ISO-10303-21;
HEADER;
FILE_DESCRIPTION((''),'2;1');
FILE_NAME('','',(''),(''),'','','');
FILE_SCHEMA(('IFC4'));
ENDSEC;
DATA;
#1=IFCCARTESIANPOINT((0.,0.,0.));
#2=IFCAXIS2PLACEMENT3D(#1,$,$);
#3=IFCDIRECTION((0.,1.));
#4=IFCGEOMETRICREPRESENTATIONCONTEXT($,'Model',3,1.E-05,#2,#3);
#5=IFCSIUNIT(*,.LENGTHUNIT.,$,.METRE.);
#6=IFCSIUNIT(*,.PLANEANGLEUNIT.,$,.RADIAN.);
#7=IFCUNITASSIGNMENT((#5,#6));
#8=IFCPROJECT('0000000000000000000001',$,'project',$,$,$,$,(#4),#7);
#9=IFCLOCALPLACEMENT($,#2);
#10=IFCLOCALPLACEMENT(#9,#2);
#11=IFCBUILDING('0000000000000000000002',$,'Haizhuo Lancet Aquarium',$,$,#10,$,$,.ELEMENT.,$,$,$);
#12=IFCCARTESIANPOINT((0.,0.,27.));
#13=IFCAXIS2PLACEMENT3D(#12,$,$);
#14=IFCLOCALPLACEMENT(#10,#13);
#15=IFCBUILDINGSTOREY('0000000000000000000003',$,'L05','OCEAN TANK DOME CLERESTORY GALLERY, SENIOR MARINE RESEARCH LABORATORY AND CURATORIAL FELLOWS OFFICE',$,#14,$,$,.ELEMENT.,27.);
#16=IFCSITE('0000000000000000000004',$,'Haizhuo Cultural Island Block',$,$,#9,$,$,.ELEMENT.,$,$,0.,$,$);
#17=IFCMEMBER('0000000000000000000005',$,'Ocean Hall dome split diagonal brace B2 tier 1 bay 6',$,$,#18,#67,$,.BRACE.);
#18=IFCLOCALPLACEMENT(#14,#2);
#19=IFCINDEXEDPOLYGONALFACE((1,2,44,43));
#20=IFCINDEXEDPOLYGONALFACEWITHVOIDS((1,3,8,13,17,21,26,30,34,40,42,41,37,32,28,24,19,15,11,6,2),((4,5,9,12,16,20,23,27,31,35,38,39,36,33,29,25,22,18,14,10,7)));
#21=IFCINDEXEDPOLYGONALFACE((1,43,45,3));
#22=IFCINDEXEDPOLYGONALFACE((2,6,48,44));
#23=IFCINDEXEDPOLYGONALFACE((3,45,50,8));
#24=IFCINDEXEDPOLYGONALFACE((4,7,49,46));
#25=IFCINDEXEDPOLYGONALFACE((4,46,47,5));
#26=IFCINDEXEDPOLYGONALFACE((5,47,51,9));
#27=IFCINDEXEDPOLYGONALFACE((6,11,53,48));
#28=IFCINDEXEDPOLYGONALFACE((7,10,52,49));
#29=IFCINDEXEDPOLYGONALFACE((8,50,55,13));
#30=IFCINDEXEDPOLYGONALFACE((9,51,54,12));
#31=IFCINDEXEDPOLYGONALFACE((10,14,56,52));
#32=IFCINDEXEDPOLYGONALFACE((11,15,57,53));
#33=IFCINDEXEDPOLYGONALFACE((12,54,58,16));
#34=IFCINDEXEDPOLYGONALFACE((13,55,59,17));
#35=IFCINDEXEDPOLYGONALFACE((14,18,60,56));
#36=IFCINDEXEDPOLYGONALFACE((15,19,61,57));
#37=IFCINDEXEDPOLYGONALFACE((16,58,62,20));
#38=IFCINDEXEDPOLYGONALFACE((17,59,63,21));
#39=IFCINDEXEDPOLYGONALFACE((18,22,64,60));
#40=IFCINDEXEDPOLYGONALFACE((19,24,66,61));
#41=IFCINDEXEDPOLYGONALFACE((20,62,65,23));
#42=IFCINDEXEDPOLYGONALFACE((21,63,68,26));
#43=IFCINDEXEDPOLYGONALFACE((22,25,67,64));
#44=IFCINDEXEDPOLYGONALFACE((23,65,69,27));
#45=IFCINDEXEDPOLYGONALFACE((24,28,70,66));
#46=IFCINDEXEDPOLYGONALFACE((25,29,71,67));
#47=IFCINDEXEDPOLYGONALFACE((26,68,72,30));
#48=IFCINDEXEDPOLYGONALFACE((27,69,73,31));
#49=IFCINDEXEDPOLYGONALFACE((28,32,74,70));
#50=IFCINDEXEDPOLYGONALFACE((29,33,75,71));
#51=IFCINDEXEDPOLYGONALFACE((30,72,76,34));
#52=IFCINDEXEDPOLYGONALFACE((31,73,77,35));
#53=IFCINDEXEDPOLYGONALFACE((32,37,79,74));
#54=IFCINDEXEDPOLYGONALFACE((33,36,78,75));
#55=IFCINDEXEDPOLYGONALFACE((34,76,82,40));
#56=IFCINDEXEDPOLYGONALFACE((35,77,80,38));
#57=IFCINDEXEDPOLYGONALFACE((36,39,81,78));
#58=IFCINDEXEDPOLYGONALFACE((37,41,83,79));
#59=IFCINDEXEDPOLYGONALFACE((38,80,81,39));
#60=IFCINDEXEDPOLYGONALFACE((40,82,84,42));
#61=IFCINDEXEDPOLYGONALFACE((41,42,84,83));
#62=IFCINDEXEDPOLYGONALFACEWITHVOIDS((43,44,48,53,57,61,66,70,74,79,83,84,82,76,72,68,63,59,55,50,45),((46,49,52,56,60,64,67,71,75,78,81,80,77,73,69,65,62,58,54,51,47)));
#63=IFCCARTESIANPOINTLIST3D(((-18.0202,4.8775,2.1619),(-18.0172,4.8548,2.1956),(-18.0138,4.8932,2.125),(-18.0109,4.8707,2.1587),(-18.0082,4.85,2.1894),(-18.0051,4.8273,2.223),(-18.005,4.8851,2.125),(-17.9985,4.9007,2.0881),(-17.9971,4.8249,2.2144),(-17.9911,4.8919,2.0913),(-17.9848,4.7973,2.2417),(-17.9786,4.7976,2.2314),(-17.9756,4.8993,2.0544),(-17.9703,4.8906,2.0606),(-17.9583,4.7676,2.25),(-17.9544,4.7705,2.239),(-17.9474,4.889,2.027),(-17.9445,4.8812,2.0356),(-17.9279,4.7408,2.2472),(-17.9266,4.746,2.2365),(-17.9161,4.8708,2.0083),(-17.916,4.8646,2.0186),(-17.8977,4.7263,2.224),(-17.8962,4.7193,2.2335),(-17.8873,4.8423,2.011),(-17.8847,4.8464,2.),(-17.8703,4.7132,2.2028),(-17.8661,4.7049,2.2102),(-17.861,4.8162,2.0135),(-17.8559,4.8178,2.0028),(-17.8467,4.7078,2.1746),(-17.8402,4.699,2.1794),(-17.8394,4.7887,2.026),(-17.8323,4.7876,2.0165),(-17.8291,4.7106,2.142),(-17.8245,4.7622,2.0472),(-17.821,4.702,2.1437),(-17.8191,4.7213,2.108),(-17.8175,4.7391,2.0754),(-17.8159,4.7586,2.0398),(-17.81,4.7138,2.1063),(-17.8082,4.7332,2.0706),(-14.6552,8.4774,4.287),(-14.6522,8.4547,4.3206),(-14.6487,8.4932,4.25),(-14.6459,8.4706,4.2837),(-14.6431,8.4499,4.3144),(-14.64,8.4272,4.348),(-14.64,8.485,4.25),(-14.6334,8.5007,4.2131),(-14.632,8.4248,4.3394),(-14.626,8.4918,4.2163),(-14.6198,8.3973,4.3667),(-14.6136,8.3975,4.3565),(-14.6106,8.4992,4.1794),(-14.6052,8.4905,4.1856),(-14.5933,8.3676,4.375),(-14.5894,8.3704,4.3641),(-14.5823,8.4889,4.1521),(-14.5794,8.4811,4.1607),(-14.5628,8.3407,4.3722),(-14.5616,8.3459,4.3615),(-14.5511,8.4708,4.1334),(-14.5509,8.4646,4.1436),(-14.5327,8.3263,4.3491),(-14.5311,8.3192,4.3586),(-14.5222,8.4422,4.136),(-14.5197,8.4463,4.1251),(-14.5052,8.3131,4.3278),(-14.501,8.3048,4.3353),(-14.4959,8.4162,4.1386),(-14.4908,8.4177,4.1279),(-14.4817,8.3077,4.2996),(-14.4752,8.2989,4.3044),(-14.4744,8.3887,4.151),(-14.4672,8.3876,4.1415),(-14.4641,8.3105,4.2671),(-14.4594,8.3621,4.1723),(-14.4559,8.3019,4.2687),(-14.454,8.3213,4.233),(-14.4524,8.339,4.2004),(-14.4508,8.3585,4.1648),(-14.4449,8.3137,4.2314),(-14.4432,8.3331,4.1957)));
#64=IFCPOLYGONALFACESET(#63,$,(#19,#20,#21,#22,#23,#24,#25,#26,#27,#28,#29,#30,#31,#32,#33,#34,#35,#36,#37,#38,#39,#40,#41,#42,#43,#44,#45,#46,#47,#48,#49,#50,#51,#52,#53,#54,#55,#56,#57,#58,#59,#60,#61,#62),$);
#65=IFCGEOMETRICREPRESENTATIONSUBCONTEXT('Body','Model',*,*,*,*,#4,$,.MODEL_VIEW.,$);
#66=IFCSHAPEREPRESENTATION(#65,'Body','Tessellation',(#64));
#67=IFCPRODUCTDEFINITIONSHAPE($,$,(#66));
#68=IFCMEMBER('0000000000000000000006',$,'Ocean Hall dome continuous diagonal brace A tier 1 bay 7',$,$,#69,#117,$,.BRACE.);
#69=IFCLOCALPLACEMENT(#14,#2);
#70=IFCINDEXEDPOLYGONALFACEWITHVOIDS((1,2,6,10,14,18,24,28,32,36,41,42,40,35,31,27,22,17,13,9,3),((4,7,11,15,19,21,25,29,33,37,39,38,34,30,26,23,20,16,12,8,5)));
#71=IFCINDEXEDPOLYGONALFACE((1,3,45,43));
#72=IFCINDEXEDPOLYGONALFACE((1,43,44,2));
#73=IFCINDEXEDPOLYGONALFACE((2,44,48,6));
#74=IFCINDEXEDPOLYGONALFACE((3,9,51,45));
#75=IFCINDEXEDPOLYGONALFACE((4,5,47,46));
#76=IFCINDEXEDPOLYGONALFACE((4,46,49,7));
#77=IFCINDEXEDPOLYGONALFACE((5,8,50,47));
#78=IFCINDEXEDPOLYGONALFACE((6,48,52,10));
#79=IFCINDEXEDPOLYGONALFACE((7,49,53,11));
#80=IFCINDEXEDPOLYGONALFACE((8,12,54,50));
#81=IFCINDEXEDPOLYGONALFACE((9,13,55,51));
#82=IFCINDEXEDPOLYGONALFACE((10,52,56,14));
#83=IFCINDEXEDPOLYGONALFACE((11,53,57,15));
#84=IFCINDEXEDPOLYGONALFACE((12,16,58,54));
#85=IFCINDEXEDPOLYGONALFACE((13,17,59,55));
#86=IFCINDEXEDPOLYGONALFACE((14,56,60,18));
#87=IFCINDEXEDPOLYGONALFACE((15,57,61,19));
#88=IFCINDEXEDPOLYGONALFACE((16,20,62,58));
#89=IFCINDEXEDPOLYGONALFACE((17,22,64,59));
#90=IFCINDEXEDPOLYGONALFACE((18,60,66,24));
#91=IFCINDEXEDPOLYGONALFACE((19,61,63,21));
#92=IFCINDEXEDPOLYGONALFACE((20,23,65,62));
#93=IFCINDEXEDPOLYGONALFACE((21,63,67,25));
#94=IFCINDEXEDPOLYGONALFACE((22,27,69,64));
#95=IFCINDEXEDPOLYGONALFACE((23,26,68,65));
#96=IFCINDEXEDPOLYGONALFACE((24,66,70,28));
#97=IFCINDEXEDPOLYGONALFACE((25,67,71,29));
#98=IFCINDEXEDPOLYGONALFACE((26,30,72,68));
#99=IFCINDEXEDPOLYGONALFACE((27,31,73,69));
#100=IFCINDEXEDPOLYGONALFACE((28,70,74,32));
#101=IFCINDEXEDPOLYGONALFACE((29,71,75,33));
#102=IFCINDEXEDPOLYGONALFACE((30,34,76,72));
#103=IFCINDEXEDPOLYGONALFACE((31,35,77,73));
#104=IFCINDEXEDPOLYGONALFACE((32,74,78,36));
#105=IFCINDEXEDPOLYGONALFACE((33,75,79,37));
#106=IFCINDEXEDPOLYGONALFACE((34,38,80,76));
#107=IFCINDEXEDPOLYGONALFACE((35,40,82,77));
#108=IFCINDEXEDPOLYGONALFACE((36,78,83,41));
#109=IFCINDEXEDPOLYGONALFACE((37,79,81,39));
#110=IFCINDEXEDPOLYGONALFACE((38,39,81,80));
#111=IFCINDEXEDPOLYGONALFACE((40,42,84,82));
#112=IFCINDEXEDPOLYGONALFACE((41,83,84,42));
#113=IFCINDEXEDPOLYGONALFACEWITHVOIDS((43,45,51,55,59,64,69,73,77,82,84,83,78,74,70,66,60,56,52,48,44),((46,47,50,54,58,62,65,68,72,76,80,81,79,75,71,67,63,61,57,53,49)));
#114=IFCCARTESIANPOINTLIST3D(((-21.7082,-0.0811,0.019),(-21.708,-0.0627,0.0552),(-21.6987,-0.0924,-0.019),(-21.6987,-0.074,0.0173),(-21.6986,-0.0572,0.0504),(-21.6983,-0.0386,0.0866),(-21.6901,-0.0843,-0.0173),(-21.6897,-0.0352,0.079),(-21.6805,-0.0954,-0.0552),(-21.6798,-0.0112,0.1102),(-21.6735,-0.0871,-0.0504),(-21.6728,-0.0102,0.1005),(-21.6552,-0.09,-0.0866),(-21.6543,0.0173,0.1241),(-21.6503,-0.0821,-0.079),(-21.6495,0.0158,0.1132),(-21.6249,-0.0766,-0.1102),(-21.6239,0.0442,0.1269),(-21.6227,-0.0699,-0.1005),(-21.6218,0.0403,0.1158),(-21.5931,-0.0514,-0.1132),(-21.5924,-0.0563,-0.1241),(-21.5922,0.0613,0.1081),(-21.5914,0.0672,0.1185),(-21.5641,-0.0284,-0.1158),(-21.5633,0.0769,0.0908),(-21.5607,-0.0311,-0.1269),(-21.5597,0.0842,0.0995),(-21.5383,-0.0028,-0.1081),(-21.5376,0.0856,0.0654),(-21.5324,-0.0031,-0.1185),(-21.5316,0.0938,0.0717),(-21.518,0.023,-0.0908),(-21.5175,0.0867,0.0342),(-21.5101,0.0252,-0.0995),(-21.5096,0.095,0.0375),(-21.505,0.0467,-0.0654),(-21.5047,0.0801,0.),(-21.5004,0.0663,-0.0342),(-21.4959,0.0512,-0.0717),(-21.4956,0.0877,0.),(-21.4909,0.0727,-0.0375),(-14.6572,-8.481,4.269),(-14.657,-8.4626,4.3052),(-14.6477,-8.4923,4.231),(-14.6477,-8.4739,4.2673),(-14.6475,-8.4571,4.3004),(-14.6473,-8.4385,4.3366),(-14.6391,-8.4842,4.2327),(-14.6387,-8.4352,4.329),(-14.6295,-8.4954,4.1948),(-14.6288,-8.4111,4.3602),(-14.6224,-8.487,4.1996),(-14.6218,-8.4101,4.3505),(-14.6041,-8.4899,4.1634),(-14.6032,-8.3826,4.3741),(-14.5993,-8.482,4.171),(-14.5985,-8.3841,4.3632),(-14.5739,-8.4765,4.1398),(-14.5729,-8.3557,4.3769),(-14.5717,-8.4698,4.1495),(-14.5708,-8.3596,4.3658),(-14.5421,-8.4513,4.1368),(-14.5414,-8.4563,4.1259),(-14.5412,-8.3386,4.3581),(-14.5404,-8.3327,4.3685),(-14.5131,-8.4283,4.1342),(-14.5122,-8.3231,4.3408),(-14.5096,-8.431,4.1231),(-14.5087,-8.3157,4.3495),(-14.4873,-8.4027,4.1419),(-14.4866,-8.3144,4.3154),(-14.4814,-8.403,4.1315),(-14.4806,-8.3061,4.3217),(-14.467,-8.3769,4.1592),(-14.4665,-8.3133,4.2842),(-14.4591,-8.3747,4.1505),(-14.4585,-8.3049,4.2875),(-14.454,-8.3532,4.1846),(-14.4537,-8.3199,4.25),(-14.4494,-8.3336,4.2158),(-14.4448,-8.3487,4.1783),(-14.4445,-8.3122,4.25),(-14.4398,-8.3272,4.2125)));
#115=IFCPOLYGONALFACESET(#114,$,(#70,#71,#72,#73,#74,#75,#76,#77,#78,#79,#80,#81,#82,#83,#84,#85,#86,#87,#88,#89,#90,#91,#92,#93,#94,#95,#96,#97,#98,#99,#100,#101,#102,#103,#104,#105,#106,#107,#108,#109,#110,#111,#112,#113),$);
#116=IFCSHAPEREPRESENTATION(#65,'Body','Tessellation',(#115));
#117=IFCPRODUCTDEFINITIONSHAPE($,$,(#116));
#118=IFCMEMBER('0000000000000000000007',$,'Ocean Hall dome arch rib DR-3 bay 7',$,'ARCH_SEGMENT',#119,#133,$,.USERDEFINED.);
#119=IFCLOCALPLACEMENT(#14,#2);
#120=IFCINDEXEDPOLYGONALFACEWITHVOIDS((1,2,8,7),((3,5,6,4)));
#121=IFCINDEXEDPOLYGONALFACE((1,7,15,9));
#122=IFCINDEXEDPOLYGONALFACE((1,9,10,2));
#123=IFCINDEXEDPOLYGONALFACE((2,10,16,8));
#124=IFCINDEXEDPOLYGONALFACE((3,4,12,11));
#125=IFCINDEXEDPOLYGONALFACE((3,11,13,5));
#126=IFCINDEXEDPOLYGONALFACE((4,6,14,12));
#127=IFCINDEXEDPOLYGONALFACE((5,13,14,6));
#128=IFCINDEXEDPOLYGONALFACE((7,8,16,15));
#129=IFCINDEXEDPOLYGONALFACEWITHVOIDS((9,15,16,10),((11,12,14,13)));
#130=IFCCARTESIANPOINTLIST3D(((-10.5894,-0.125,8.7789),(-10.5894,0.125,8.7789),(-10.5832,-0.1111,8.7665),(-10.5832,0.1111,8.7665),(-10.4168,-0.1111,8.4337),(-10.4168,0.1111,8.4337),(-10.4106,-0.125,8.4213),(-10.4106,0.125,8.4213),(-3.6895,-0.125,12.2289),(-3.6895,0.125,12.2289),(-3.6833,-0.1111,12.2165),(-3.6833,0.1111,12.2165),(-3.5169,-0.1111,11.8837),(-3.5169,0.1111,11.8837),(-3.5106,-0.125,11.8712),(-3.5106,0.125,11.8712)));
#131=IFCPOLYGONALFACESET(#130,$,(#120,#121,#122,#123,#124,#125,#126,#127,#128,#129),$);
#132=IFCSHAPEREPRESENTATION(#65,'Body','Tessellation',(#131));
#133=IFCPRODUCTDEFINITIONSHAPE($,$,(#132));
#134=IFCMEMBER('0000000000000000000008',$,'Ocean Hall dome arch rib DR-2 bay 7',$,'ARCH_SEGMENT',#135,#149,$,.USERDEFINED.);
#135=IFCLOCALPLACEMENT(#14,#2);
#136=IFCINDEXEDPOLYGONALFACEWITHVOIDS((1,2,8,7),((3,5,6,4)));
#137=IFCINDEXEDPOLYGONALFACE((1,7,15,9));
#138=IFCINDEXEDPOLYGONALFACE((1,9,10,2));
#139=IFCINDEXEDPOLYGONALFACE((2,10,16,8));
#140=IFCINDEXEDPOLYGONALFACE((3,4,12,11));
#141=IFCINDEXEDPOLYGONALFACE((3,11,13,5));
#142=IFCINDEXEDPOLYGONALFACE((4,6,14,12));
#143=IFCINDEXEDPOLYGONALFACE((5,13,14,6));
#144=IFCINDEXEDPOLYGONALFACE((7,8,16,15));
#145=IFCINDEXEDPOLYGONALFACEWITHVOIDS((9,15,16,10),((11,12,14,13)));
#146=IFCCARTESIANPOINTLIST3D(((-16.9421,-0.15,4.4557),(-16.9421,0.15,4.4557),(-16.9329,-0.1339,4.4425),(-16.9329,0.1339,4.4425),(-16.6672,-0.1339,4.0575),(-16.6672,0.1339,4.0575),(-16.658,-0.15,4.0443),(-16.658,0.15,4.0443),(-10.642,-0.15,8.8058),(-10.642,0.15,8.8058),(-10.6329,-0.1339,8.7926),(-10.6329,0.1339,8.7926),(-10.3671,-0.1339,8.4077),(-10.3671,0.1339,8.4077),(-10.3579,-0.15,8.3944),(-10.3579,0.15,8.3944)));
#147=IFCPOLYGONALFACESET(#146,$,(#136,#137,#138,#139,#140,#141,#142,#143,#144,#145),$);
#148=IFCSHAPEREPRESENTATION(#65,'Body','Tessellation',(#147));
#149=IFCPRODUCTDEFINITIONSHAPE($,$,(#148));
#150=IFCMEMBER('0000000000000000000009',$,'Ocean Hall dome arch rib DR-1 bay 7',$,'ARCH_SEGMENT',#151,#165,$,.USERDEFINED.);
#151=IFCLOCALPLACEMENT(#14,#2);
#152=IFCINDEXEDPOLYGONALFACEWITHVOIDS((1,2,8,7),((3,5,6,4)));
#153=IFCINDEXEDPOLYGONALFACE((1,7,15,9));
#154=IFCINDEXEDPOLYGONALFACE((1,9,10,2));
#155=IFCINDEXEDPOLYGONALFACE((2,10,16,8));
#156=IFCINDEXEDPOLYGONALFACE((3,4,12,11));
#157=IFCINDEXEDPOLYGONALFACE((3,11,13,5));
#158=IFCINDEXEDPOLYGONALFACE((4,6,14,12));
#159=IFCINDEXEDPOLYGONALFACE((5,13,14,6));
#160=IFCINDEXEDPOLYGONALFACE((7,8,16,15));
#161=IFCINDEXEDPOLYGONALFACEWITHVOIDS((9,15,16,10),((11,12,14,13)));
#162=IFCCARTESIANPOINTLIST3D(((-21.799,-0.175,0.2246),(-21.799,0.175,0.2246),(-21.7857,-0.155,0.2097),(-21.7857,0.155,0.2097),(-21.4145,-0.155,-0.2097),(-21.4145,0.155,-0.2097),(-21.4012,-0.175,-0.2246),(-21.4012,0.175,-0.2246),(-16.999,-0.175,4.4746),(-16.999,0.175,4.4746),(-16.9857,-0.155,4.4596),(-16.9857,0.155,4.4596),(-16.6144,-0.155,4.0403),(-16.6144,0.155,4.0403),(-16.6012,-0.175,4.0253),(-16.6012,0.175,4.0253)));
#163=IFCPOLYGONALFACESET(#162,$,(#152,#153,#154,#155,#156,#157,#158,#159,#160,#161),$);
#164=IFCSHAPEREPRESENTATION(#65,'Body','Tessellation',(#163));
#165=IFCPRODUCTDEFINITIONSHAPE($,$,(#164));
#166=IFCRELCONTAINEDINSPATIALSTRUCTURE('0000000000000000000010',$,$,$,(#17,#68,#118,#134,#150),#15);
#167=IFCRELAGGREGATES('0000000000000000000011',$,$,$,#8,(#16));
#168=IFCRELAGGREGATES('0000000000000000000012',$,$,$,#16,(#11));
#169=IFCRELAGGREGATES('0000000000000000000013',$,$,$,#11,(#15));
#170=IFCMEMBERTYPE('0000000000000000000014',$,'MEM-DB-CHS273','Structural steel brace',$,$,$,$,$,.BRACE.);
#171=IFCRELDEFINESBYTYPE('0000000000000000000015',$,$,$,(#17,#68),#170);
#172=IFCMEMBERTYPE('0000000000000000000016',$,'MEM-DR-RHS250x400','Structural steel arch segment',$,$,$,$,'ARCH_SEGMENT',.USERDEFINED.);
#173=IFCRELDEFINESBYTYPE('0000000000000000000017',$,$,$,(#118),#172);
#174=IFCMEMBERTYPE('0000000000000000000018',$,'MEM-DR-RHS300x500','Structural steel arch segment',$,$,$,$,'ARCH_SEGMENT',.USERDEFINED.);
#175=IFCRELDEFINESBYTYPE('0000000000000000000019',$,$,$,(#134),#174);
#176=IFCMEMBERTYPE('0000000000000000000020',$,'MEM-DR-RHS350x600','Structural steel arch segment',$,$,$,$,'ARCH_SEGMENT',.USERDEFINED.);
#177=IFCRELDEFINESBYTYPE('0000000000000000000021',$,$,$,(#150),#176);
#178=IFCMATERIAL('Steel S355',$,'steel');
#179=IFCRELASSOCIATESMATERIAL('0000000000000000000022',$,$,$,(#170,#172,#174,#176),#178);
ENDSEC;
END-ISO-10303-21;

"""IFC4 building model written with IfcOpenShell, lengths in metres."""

from ifc_helpers import new_model, si_unit, direction, frame, origin, origin_2d, place, context, subcontext, project, spatial, hollow_rectangle, hollow_circle, extrude, material, material_profile, profile_set, type_object, element, save


model = new_model("IFC4")

# Units and contexts
model_context = context("Model", 3, precision=1e-05, world=origin(), true_north=direction((0.0, 1.0)))
body_context = subcontext(model_context, "Body", "Model", "MODEL_VIEW")
ifc_project = project(units=[si_unit("LENGTHUNIT", "METRE"), si_unit("PLANEANGLEUNIT", "RADIAN")], contexts=[model_context])

# Site, building, storey
site_placement = place(None, origin())
site = spatial("IfcSite", under=ifc_project, at=site_placement, Name="Haizhuo Cultural Island Block", CompositionType="ELEMENT", RefElevation=0.0)
building_placement = place(site_placement, origin())
building = spatial("IfcBuilding", under=site, at=building_placement, Name="Haizhuo Lancet Aquarium", CompositionType="ELEMENT")
storey_placement = place(building_placement, frame((0.0, 0.0, 27.0)))
storey = spatial("IfcBuildingStorey", under=building, at=storey_placement, Name="L05", Description="OCEAN TANK DOME CLERESTORY GALLERY, SENIOR MARINE RESEARCH LABORATORY AND CURATORIAL FELLOWS OFFICE", CompositionType="ELEMENT", Elevation=27.0)

# Members
ifc_material_1 = material(Name="Steel S355", Category="steel")
ifc_material_profile_1 = material_profile(ifc_material_1, hollow_circle(Radius=0.1365, WallThickness=0.012, at=origin_2d()), Name="CHS 273x12")
ifc_profile_set_1 = profile_set([ifc_material_profile_1], Name="Steel S355")
member_type_1 = type_object("IfcMemberType", Name="MEM-DB-CHS273", Description="Structural steel brace", PredefinedType="BRACE", material=ifc_profile_set_1)
member_1_placement = place(storey_placement, frame((-17.9141, 4.8, 2.125), z_axis=(0.627054, 0.67082, 0.395986), x_axis=(-0.730536, 0.682874, 0.0)))
element("IfcMember", 1, at=member_1_placement, inside=storey, type_object=member_type_1, Name="Ocean Hall dome split diagonal brace B2 tier 1 bay 6", PredefinedType="BRACE", context=body_context, shape_type="SweptSolid", body=[
    extrude(hollow_circle(Radius=0.1365, WallThickness=0.012, at=origin_2d()), origin(), (0.0, 0.0, 1.0), 5.3665),
])
member_2_placement = place(storey_placement, frame((-21.6001, 0.0, 0.0), z_axis=(0.59949, -0.714174, 0.361342), x_axis=(0.765925, 0.64293, 0.0)))
element("IfcMember", 2, at=member_2_placement, inside=storey, type_object=member_type_1, Name="Ocean Hall dome continuous diagonal brace A tier 1 bay 7", PredefinedType="BRACE", context=body_context, shape_type="SweptSolid", body=[
    extrude(hollow_circle(Radius=0.1365, WallThickness=0.012, at=origin_2d()), origin(), (0.0, 0.0, 1.0), 11.7617),
])
ifc_material_profile_2 = material_profile(ifc_material_1, hollow_rectangle(XDim=0.25, YDim=0.3999, WallThickness=0.0139, at=origin_2d()), Name="RHS 250x400x14")
ifc_profile_set_2 = profile_set([ifc_material_profile_2], Name="Steel S355")
member_type_2 = type_object("IfcMemberType", Name="MEM-DR-RHS250x400", Description="Structural steel arch segment", ElementType="ARCH_SEGMENT", PredefinedType="USERDEFINED", material=ifc_profile_set_2)
member_3_placement = place(storey_placement, frame((-10.5, 0.0, 8.6001), z_axis=(0.894427, 0.0, 0.447214), x_axis=(0.0, 1.0, 0.0)))
element("IfcMember", 3, at=member_3_placement, inside=storey, type_object=member_type_2, Name="Ocean Hall dome arch rib DR-3 bay 7", ObjectType="ARCH_SEGMENT", PredefinedType="USERDEFINED", context=body_context, shape_type="SweptSolid", body=[
    extrude(hollow_rectangle(XDim=0.25, YDim=0.3999, WallThickness=0.0139, at=origin_2d()), origin(), (0.0, 0.0, 1.0), 7.7144),
])
ifc_material_profile_3 = material_profile(ifc_material_1, hollow_rectangle(XDim=0.3, YDim=0.5, WallThickness=0.0161, at=origin_2d()), Name="RHS 300x500x16")
ifc_profile_set_3 = profile_set([ifc_material_profile_3], Name="Steel S355")
member_type_3 = type_object("IfcMemberType", Name="MEM-DR-RHS300x500", Description="Structural steel arch segment", ElementType="ARCH_SEGMENT", PredefinedType="USERDEFINED", material=ifc_profile_set_3)
member_4_placement = place(storey_placement, frame((-16.8, 0.0, 4.25), z_axis=(0.822893, 0.0, 0.568196), x_axis=(0.0, 1.0, 0.0)))
element("IfcMember", 4, at=member_4_placement, inside=storey, type_object=member_type_3, Name="Ocean Hall dome arch rib DR-2 bay 7", ObjectType="ARCH_SEGMENT", PredefinedType="USERDEFINED", context=body_context, shape_type="SweptSolid", body=[
    extrude(hollow_rectangle(XDim=0.3, YDim=0.5, WallThickness=0.0161, at=origin_2d()), origin(), (0.0, 0.0, 1.0), 7.656),
])
ifc_material_profile_4 = material_profile(ifc_material_1, hollow_rectangle(XDim=0.3501, YDim=0.6001, WallThickness=0.02, at=origin_2d()), Name="RHS 350x600x20")
ifc_profile_set_4 = profile_set([ifc_material_profile_4], Name="Steel S355")
member_type_4 = type_object("IfcMemberType", Name="MEM-DR-RHS350x600", Description="Structural steel arch segment", ElementType="ARCH_SEGMENT", PredefinedType="USERDEFINED", material=ifc_profile_set_4)
member_5_placement = place(storey_placement, frame((-21.6001, 0.0, 0.0), z_axis=(0.748702, 0.0, 0.662907), x_axis=(0.0, 1.0, 0.0)))
element("IfcMember", 5, at=member_5_placement, inside=storey, type_object=member_type_4, Name="Ocean Hall dome arch rib DR-1 bay 7", ObjectType="ARCH_SEGMENT", PredefinedType="USERDEFINED", context=body_context, shape_type="SweptSolid", body=[
    extrude(hollow_rectangle(XDim=0.3501, YDim=0.6001, WallThickness=0.02, at=origin_2d()), origin(), (0.0, 0.0, 1.0), 6.4111),
])

save(model, "model.ifc")
